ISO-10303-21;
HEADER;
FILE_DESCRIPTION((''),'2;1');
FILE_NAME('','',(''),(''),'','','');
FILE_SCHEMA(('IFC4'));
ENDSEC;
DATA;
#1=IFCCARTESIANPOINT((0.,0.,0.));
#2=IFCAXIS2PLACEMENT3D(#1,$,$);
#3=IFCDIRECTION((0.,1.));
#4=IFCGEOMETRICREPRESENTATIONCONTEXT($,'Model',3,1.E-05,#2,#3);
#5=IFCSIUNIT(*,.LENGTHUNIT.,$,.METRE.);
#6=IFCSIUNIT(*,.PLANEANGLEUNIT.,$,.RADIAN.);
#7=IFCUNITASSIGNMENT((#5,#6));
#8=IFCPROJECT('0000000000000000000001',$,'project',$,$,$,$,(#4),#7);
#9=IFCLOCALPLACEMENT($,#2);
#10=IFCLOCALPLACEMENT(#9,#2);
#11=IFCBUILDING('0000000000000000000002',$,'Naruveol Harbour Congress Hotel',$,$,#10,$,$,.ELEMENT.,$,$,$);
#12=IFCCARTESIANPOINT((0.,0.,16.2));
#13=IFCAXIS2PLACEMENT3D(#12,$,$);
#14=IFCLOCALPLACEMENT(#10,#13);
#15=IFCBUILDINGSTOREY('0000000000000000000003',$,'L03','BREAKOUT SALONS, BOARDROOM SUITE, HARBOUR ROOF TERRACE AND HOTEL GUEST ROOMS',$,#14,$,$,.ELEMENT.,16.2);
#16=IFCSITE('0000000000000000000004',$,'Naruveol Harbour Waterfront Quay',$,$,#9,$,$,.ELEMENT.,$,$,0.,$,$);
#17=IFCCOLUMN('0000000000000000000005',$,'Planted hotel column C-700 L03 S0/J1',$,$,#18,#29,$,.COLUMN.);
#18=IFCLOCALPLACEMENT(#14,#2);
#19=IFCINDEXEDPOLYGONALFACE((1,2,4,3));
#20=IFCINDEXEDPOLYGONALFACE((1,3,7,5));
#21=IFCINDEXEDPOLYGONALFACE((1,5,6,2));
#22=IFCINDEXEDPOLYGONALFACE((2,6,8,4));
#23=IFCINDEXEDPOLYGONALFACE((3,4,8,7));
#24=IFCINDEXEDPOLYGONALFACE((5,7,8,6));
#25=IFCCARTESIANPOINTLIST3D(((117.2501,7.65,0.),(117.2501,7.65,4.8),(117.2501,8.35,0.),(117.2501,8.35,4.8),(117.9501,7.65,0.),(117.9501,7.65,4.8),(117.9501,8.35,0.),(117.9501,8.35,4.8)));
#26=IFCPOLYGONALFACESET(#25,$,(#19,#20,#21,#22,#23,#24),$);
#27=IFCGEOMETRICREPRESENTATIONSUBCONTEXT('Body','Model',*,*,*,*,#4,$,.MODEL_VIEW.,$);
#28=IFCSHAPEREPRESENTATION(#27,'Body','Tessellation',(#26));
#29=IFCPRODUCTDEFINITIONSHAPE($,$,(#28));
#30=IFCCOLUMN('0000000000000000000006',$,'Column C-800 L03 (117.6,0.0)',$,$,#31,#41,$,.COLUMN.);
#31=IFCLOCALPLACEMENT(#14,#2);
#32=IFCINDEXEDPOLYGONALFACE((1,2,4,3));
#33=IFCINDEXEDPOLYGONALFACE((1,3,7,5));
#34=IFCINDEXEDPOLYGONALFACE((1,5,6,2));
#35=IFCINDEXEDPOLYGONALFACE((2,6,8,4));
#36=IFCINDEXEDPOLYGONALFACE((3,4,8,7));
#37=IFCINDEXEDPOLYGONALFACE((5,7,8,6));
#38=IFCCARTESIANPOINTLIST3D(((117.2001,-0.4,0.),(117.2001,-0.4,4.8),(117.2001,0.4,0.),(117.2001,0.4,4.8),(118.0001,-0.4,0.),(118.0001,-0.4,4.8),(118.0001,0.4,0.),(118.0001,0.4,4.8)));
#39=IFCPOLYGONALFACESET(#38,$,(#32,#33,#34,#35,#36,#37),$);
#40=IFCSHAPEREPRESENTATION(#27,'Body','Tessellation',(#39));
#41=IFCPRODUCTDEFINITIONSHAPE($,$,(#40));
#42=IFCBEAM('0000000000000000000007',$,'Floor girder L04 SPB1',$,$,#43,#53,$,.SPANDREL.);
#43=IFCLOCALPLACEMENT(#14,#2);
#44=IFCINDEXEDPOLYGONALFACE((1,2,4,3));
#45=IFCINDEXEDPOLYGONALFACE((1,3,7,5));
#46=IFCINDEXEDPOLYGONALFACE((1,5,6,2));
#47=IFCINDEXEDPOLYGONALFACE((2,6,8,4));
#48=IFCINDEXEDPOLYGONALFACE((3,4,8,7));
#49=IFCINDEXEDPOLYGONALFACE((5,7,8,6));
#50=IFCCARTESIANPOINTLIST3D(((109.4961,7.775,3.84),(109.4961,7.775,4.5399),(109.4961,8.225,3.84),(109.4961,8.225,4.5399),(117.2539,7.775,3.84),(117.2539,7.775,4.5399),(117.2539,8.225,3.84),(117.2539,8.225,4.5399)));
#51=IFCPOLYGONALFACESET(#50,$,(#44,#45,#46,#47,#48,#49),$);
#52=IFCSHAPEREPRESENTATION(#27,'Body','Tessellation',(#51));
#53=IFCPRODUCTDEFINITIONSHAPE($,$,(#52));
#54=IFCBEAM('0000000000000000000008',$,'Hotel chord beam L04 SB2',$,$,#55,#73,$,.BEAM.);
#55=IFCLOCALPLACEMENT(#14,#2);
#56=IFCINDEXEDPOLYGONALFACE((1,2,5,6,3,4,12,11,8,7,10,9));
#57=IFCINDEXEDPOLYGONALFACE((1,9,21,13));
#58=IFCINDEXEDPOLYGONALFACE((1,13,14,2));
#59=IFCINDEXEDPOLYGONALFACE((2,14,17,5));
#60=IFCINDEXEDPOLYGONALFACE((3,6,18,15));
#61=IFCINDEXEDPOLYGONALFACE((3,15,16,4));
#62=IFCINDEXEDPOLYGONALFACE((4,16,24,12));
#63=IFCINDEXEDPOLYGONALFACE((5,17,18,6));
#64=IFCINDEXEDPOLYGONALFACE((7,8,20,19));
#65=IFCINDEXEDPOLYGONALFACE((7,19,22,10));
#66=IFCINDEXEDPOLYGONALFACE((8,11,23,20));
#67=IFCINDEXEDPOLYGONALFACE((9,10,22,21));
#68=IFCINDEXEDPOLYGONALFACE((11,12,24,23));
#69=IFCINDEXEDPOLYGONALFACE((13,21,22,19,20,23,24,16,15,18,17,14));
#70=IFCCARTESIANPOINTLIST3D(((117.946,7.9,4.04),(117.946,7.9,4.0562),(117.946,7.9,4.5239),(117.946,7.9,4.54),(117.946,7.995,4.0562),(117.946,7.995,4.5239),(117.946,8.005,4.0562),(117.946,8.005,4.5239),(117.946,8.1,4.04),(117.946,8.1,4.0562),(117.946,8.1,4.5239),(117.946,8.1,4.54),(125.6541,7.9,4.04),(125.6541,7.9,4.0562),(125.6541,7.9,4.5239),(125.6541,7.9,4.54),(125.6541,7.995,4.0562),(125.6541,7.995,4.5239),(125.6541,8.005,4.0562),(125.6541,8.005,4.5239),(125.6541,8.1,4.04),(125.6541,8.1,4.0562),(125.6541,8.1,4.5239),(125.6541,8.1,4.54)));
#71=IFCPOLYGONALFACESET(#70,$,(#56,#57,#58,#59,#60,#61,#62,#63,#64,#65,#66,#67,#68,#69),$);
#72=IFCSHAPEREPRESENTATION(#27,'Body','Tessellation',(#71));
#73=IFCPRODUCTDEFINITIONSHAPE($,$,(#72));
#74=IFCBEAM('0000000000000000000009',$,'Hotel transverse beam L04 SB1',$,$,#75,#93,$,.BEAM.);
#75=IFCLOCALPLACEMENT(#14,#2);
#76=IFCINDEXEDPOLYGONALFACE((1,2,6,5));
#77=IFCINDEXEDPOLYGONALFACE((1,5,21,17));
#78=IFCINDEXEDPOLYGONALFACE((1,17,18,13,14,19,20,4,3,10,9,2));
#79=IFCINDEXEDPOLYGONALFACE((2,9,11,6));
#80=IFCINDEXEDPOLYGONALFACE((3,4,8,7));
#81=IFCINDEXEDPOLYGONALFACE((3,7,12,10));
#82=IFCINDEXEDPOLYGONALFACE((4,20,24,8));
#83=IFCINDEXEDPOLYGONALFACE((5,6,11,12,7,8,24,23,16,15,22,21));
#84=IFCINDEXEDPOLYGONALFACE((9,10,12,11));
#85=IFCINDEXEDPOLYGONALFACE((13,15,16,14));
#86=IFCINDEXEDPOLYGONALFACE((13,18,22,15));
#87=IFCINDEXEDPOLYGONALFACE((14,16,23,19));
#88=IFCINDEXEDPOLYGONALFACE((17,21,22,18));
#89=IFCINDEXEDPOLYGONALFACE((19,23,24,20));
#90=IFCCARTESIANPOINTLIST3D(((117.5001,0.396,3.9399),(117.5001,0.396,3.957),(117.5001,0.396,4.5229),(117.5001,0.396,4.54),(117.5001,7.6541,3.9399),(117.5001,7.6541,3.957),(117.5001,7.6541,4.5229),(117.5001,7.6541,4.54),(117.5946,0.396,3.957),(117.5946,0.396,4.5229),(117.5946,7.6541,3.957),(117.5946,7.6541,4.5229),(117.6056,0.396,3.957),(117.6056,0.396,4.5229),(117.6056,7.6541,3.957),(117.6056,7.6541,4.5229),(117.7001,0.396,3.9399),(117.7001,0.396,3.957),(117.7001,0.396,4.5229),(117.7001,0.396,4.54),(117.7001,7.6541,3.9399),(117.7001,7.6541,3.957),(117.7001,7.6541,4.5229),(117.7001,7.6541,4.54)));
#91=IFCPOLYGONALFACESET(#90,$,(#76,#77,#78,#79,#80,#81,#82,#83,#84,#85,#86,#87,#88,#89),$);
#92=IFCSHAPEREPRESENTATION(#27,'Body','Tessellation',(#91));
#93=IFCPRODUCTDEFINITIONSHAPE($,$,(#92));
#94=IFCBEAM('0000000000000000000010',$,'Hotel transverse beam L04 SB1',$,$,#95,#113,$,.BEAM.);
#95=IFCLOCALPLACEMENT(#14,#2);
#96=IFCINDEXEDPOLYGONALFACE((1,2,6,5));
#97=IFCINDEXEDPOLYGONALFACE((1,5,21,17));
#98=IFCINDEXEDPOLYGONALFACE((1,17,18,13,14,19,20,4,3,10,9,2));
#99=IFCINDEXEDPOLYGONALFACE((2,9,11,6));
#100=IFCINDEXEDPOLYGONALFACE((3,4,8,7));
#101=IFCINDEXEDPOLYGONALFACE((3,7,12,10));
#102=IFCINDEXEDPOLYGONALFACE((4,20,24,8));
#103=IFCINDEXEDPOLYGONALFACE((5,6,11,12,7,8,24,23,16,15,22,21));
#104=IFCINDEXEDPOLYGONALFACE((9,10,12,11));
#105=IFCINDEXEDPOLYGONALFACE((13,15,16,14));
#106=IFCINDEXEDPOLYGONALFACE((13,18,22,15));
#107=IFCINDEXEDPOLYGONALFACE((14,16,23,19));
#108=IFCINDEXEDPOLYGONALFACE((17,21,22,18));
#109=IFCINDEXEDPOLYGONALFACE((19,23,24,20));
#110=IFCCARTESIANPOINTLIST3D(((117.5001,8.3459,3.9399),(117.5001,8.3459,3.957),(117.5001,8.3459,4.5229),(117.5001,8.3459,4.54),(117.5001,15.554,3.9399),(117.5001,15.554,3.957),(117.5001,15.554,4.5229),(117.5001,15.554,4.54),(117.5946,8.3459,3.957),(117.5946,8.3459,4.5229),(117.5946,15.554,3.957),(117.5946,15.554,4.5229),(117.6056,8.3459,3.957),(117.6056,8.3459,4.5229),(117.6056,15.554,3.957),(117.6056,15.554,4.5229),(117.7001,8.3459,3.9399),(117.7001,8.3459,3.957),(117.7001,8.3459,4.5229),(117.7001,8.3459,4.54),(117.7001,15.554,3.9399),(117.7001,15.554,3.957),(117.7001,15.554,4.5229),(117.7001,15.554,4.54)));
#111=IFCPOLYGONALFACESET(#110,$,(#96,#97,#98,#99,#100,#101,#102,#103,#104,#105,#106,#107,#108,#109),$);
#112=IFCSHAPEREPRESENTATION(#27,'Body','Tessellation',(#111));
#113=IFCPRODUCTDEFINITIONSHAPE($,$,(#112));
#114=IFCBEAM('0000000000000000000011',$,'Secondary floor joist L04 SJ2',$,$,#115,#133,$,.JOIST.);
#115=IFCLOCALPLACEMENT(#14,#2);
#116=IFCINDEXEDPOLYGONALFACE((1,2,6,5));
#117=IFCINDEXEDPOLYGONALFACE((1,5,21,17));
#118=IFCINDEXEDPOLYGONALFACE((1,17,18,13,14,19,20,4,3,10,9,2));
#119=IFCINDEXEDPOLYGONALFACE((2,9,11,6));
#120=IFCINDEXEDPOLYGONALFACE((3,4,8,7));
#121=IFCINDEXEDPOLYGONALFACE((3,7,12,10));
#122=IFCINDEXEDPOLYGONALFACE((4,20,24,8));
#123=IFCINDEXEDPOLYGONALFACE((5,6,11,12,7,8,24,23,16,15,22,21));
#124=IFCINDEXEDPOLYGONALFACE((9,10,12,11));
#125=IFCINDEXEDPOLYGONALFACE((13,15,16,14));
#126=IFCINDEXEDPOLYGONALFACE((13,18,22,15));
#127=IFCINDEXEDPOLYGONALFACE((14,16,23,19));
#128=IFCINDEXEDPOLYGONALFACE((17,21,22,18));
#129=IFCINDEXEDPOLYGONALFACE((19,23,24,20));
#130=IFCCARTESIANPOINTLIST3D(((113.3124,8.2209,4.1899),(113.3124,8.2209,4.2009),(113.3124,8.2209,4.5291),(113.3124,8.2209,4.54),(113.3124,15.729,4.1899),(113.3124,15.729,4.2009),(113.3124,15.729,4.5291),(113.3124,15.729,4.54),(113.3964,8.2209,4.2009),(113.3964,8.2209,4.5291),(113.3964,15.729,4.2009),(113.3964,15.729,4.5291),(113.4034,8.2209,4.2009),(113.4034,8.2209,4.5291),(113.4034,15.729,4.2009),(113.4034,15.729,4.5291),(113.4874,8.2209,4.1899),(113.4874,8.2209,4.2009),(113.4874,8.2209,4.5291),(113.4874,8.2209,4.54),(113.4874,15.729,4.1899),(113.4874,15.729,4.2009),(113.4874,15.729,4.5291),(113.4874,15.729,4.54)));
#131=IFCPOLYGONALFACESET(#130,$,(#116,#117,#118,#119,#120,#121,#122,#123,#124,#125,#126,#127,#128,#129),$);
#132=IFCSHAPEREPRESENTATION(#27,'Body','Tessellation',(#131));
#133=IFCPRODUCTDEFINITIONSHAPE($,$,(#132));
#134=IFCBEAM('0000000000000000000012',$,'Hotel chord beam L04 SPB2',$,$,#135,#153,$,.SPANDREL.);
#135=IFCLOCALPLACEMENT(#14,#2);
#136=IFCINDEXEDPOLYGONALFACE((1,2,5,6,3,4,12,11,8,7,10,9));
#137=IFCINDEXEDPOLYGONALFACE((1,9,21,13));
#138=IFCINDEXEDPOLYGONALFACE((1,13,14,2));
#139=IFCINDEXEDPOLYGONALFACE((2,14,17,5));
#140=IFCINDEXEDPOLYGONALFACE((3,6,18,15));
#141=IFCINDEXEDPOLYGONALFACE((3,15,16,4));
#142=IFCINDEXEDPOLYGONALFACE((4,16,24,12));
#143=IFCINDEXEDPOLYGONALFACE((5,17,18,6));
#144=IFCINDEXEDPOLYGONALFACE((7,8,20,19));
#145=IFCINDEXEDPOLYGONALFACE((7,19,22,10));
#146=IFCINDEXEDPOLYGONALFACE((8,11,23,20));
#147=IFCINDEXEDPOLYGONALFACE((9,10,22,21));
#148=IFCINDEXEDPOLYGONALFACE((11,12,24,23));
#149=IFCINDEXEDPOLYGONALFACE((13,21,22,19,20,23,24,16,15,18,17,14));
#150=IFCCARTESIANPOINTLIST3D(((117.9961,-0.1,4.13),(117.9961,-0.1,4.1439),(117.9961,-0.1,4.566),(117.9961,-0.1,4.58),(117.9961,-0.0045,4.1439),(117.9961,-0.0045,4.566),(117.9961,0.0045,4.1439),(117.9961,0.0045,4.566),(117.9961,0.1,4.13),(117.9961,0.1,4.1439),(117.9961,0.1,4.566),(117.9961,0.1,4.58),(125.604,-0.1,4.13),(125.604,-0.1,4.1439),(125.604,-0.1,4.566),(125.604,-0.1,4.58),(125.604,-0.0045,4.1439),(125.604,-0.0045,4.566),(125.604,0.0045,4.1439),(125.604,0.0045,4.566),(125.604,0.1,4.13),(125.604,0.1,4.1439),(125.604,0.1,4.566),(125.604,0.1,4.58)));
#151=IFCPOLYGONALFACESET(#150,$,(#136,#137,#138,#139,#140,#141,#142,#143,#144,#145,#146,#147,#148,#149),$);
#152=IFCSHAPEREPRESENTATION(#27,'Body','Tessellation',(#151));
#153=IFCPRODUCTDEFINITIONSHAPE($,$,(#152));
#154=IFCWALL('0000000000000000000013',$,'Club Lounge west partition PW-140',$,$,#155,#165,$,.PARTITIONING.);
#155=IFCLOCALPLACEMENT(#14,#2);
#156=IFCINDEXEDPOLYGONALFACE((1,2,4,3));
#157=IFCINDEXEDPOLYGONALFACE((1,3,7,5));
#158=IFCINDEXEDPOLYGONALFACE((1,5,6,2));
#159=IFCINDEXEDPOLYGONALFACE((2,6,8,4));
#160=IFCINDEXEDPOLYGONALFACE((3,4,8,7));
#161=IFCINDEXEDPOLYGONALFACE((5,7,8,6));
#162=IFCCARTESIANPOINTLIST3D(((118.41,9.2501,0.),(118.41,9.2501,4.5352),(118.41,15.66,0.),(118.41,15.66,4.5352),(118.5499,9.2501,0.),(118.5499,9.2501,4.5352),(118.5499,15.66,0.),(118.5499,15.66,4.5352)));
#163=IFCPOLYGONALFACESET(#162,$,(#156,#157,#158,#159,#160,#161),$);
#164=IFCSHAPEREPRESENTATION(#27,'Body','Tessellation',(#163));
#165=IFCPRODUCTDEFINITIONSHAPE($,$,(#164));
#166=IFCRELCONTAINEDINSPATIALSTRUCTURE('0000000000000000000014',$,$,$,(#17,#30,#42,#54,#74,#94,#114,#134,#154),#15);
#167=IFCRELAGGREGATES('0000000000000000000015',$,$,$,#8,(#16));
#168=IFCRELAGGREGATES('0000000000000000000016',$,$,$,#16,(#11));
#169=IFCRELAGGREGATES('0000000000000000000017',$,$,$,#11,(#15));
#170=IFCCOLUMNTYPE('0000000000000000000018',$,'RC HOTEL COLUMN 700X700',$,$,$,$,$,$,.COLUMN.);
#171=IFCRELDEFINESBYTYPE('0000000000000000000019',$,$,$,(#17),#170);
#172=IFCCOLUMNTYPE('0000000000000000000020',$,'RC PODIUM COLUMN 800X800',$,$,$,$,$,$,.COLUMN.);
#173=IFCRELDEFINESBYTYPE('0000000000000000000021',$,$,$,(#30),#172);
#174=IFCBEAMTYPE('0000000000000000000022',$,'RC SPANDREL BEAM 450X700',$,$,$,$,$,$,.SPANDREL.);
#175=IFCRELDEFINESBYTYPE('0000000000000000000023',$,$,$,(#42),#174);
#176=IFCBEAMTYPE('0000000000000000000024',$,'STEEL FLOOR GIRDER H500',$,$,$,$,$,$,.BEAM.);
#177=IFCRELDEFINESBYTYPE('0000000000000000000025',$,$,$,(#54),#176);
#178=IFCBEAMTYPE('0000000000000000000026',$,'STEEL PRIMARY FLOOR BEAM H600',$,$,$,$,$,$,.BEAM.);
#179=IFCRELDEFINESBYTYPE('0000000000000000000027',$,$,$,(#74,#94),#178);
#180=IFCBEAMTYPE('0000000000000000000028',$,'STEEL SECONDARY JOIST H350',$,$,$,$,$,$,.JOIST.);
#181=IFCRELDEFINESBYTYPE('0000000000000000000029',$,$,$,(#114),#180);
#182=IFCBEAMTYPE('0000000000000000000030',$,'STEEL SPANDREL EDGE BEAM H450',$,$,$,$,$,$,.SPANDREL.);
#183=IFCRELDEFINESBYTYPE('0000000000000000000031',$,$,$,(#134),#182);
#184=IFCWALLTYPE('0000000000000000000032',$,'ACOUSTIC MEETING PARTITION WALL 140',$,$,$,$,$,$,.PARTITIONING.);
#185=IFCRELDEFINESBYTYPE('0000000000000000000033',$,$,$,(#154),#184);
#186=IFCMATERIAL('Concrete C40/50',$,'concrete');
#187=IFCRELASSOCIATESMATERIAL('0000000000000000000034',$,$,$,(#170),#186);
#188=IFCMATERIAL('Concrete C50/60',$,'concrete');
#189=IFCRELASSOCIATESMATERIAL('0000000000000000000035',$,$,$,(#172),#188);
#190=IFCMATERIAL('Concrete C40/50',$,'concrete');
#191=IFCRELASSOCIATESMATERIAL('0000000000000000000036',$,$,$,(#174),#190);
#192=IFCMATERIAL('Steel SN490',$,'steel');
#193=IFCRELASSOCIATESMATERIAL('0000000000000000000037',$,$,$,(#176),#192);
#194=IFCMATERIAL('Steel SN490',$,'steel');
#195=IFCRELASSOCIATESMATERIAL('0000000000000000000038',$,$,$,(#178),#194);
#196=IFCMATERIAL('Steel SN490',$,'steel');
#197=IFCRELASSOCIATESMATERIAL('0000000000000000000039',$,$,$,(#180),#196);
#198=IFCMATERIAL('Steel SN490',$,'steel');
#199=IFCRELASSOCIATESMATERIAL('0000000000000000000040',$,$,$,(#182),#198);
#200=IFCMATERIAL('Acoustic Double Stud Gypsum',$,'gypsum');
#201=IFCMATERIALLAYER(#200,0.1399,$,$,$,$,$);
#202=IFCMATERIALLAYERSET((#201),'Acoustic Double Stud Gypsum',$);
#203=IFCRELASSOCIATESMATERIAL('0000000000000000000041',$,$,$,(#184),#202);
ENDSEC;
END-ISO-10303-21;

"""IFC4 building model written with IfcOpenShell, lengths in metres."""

from ifc_helpers import new_model, si_unit, direction, frame, frame_2d, origin, origin_2d, place, context, subcontext, project, spatial, rectangle, i_section, extrude, material, layer, layer_set, material_profile, profile_set, type_object, element, save


model = new_model("IFC4")

# Units and contexts
model_context = context("Model", 3, precision=1e-05, world=origin(), true_north=direction((0.0, 1.0)))
body_context = subcontext(model_context, "Body", "Model", "MODEL_VIEW")
ifc_project = project(units=[si_unit("LENGTHUNIT", "METRE"), si_unit("PLANEANGLEUNIT", "RADIAN")], contexts=[model_context])

# Site, building, storey
site_placement = place(None, origin())
site = spatial("IfcSite", under=ifc_project, at=site_placement, Name="Naruveol Harbour Waterfront Quay", CompositionType="ELEMENT", RefElevation=0.0)
building_placement = place(site_placement, origin())
building = spatial("IfcBuilding", under=site, at=building_placement, Name="Naruveol Harbour Congress Hotel", CompositionType="ELEMENT")
storey_placement = place(building_placement, frame((0.0, 0.0, 16.2)))
storey = spatial("IfcBuildingStorey", under=building, at=storey_placement, Name="L03", Description="BREAKOUT SALONS, BOARDROOM SUITE, HARBOUR ROOF TERRACE AND HOTEL GUEST ROOMS", CompositionType="ELEMENT", Elevation=16.2)

# Columns
ifc_material_1 = material(Name="Concrete C40/50", Category="concrete")
ifc_material_profile_1 = material_profile(ifc_material_1, rectangle(XDim=0.7, YDim=0.7, at=origin_2d()), Name="RC-700x700")
ifc_profile_set_1 = profile_set([ifc_material_profile_1], Name="Concrete C40/50")
column_type_1 = type_object("IfcColumnType", Name="RC HOTEL COLUMN 700X700", PredefinedType="COLUMN", material=ifc_profile_set_1)
column_1_placement = place(storey_placement, frame((117.6001, 8.0, 0.0), z_axis=(0.0, 0.0, 1.0), x_axis=(1.0, 0.0, 0.0)))
element("IfcColumn", 1, at=column_1_placement, inside=storey, type_object=column_type_1, Name="Planted hotel column C-700 L03 S0/J1", PredefinedType="COLUMN", context=body_context, shape_type="SweptSolid", body=[
    extrude(rectangle(XDim=0.7, YDim=0.7, at=origin_2d()), origin(), (0.0, 0.0, 1.0), 4.8),
])
ifc_material_2 = material(Name="Concrete C50/60", Category="concrete")
ifc_material_profile_2 = material_profile(ifc_material_2, rectangle(XDim=0.8, YDim=0.8, at=origin_2d()), Name="RC-800x800")
ifc_profile_set_2 = profile_set([ifc_material_profile_2], Name="Concrete C50/60")
column_type_2 = type_object("IfcColumnType", Name="RC PODIUM COLUMN 800X800", PredefinedType="COLUMN", material=ifc_profile_set_2)
column_2_placement = place(storey_placement, frame((117.6001, 0.0, 0.0), z_axis=(0.0, 0.0, 1.0), x_axis=(1.0, 0.0, 0.0)))
element("IfcColumn", 2, at=column_2_placement, inside=storey, type_object=column_type_2, Name="Column C-800 L03 (117.6,0.0)", PredefinedType="COLUMN", context=body_context, shape_type="SweptSolid", body=[
    extrude(rectangle(XDim=0.8, YDim=0.8, at=origin_2d()), origin(), (0.0, 0.0, 1.0), 4.8),
])

# Beams
ifc_material_3 = material(Name="Concrete C40/50", Category="concrete")
ifc_material_profile_3 = material_profile(ifc_material_3, rectangle(XDim=0.45, YDim=0.7, at=origin_2d()), Name="RCB-450x700")
ifc_profile_set_3 = profile_set([ifc_material_profile_3], Name="Concrete C40/50")
beam_type_1 = type_object("IfcBeamType", Name="RC SPANDREL BEAM 450X700", PredefinedType="SPANDREL", material=ifc_profile_set_3)
beam_1_placement = place(storey_placement, frame((109.4961, 8.0, 4.1899), z_axis=(1.0, 0.0, 0.0), x_axis=(0.0, 1.0, 0.0)))
element("IfcBeam", 3, at=beam_1_placement, inside=storey, type_object=beam_type_1, Name="Floor girder L04 SPB1", PredefinedType="SPANDREL", context=body_context, shape_type="SweptSolid", body=[
    extrude(rectangle(XDim=0.45, YDim=0.7, at=origin_2d()), origin(), (0.0, 0.0, 1.0), 7.7578),
])
ifc_material_4 = material(Name="Steel SN490", Category="steel")
ifc_material_profile_4 = material_profile(ifc_material_4, i_section(OverallWidth=0.2, OverallDepth=0.5, WebThickness=0.01, FlangeThickness=0.0161, at=origin_2d()), Name="H-500x200x10x16")
ifc_profile_set_4 = profile_set([ifc_material_profile_4], Name="Steel SN490")
beam_type_2 = type_object("IfcBeamType", Name="STEEL FLOOR GIRDER H500", PredefinedType="BEAM", material=ifc_profile_set_4)
beam_2_placement = place(storey_placement, frame((117.946, 8.0, 4.29), z_axis=(1.0, 0.0, 0.0), x_axis=(0.0, 1.0, 0.0)))
element("IfcBeam", 4, at=beam_2_placement, inside=storey, type_object=beam_type_2, Name="Hotel chord beam L04 SB2", PredefinedType="BEAM", context=body_context, shape_type="SweptSolid", body=[
    extrude(i_section(OverallWidth=0.2, OverallDepth=0.5, WebThickness=0.01, FlangeThickness=0.0161, at=origin_2d()), origin(), (0.0, 0.0, 1.0), 7.708),
])
ifc_material_5 = material(Name="Steel SN490", Category="steel")
ifc_material_profile_5 = material_profile(ifc_material_5, i_section(OverallWidth=0.2, OverallDepth=0.6001, WebThickness=0.011, FlangeThickness=0.0171, at=origin_2d()), Name="H-600x200x11x17")
ifc_profile_set_5 = profile_set([ifc_material_profile_5], Name="Steel SN490")
beam_type_3 = type_object("IfcBeamType", Name="STEEL PRIMARY FLOOR BEAM H600", PredefinedType="BEAM", material=ifc_profile_set_5)
beam_3_placement = place(storey_placement, frame((117.6001, 0.396, 4.24), z_axis=(0.0, 1.0, 0.0), x_axis=(-1.0, 0.0, 0.0)))
element("IfcBeam", 5, at=beam_3_placement, inside=storey, type_object=beam_type_3, Name="Hotel transverse beam L04 SB1", PredefinedType="BEAM", context=body_context, shape_type="SweptSolid", body=[
    extrude(i_section(OverallWidth=0.2, OverallDepth=0.6001, WebThickness=0.011, FlangeThickness=0.0171, at=origin_2d()), origin(), (0.0, 0.0, 1.0), 7.2581),
])
beam_4_placement = place(storey_placement, frame((117.6001, 8.3459, 4.24), z_axis=(0.0, 1.0, 0.0), x_axis=(-1.0, 0.0, 0.0)))
element("IfcBeam", 6, at=beam_4_placement, inside=storey, type_object=beam_type_3, Name="Hotel transverse beam L04 SB1", PredefinedType="BEAM", context=body_context, shape_type="SweptSolid", body=[
    extrude(i_section(OverallWidth=0.2, OverallDepth=0.6001, WebThickness=0.011, FlangeThickness=0.0171, at=origin_2d()), origin(), (0.0, 0.0, 1.0), 7.208),
])
ifc_material_6 = material(Name="Steel SN490", Category="steel")
ifc_material_profile_6 = material_profile(ifc_material_6, i_section(OverallWidth=0.175, OverallDepth=0.3501, WebThickness=0.0071, FlangeThickness=0.011, at=origin_2d()), Name="H-350x175x7x11")
ifc_profile_set_6 = profile_set([ifc_material_profile_6], Name="Steel SN490")
beam_type_4 = type_object("IfcBeamType", Name="STEEL SECONDARY JOIST H350", PredefinedType="JOIST", material=ifc_profile_set_6)
beam_5_placement = place(storey_placement, frame((113.3999, 8.2209, 4.365), z_axis=(0.0, 1.0, 0.0), x_axis=(-1.0, 0.0, 0.0)))
element("IfcBeam", 7, at=beam_5_placement, inside=storey, type_object=beam_type_4, Name="Secondary floor joist L04 SJ2", PredefinedType="JOIST", context=body_context, shape_type="SweptSolid", body=[
    extrude(i_section(OverallWidth=0.175, OverallDepth=0.3501, WebThickness=0.0071, FlangeThickness=0.011, at=origin_2d()), origin(), (0.0, 0.0, 1.0), 7.5081),
])
ifc_material_7 = material(Name="Steel SN490", Category="steel")
ifc_material_profile_7 = material_profile(ifc_material_7, i_section(OverallWidth=0.2, OverallDepth=0.45, WebThickness=0.009, FlangeThickness=0.0139, at=origin_2d()), Name="H-450x200x9x14")
ifc_profile_set_7 = profile_set([ifc_material_profile_7], Name="Steel SN490")
beam_type_5 = type_object("IfcBeamType", Name="STEEL SPANDREL EDGE BEAM H450", PredefinedType="SPANDREL", material=ifc_profile_set_7)
beam_6_placement = place(storey_placement, frame((117.9961, 0.0, 4.355), z_axis=(1.0, 0.0, 0.0), x_axis=(0.0, 1.0, 0.0)))
element("IfcBeam", 8, at=beam_6_placement, inside=storey, type_object=beam_type_5, Name="Hotel chord beam L04 SPB2", PredefinedType="SPANDREL", context=body_context, shape_type="SweptSolid", body=[
    extrude(i_section(OverallWidth=0.2, OverallDepth=0.45, WebThickness=0.009, FlangeThickness=0.0139, at=origin_2d()), origin(), (0.0, 0.0, 1.0), 7.6079),
])

# Wall
ifc_material_8 = material(Name="Acoustic Double Stud Gypsum", Category="gypsum")
ifc_layer_1 = layer(ifc_material_8, 0.1399)
ifc_layer_set_1 = layer_set([ifc_layer_1], Name="Acoustic Double Stud Gypsum")
wall_type_1 = type_object("IfcWallType", Name="ACOUSTIC MEETING PARTITION WALL 140", PredefinedType="PARTITIONING", material=ifc_layer_set_1)
wall_1_placement = place(storey_placement, frame((118.48, 9.25, 0.0), z_axis=(0.0, 0.0, 1.0), x_axis=(0.0, 1.0, 0.0)))
element("IfcWall", 9, at=wall_1_placement, inside=storey, type_object=wall_type_1, Name="Club Lounge west partition PW-140", PredefinedType="PARTITIONING", context=body_context, shape_type="SweptSolid", body=[
    extrude(rectangle(XDim=6.4099, YDim=0.1399, at=frame_2d((3.2051, 0.0))), origin(), (0.0, 0.0, 1.0), 4.5352),
])

save(model, "model.ifc")
